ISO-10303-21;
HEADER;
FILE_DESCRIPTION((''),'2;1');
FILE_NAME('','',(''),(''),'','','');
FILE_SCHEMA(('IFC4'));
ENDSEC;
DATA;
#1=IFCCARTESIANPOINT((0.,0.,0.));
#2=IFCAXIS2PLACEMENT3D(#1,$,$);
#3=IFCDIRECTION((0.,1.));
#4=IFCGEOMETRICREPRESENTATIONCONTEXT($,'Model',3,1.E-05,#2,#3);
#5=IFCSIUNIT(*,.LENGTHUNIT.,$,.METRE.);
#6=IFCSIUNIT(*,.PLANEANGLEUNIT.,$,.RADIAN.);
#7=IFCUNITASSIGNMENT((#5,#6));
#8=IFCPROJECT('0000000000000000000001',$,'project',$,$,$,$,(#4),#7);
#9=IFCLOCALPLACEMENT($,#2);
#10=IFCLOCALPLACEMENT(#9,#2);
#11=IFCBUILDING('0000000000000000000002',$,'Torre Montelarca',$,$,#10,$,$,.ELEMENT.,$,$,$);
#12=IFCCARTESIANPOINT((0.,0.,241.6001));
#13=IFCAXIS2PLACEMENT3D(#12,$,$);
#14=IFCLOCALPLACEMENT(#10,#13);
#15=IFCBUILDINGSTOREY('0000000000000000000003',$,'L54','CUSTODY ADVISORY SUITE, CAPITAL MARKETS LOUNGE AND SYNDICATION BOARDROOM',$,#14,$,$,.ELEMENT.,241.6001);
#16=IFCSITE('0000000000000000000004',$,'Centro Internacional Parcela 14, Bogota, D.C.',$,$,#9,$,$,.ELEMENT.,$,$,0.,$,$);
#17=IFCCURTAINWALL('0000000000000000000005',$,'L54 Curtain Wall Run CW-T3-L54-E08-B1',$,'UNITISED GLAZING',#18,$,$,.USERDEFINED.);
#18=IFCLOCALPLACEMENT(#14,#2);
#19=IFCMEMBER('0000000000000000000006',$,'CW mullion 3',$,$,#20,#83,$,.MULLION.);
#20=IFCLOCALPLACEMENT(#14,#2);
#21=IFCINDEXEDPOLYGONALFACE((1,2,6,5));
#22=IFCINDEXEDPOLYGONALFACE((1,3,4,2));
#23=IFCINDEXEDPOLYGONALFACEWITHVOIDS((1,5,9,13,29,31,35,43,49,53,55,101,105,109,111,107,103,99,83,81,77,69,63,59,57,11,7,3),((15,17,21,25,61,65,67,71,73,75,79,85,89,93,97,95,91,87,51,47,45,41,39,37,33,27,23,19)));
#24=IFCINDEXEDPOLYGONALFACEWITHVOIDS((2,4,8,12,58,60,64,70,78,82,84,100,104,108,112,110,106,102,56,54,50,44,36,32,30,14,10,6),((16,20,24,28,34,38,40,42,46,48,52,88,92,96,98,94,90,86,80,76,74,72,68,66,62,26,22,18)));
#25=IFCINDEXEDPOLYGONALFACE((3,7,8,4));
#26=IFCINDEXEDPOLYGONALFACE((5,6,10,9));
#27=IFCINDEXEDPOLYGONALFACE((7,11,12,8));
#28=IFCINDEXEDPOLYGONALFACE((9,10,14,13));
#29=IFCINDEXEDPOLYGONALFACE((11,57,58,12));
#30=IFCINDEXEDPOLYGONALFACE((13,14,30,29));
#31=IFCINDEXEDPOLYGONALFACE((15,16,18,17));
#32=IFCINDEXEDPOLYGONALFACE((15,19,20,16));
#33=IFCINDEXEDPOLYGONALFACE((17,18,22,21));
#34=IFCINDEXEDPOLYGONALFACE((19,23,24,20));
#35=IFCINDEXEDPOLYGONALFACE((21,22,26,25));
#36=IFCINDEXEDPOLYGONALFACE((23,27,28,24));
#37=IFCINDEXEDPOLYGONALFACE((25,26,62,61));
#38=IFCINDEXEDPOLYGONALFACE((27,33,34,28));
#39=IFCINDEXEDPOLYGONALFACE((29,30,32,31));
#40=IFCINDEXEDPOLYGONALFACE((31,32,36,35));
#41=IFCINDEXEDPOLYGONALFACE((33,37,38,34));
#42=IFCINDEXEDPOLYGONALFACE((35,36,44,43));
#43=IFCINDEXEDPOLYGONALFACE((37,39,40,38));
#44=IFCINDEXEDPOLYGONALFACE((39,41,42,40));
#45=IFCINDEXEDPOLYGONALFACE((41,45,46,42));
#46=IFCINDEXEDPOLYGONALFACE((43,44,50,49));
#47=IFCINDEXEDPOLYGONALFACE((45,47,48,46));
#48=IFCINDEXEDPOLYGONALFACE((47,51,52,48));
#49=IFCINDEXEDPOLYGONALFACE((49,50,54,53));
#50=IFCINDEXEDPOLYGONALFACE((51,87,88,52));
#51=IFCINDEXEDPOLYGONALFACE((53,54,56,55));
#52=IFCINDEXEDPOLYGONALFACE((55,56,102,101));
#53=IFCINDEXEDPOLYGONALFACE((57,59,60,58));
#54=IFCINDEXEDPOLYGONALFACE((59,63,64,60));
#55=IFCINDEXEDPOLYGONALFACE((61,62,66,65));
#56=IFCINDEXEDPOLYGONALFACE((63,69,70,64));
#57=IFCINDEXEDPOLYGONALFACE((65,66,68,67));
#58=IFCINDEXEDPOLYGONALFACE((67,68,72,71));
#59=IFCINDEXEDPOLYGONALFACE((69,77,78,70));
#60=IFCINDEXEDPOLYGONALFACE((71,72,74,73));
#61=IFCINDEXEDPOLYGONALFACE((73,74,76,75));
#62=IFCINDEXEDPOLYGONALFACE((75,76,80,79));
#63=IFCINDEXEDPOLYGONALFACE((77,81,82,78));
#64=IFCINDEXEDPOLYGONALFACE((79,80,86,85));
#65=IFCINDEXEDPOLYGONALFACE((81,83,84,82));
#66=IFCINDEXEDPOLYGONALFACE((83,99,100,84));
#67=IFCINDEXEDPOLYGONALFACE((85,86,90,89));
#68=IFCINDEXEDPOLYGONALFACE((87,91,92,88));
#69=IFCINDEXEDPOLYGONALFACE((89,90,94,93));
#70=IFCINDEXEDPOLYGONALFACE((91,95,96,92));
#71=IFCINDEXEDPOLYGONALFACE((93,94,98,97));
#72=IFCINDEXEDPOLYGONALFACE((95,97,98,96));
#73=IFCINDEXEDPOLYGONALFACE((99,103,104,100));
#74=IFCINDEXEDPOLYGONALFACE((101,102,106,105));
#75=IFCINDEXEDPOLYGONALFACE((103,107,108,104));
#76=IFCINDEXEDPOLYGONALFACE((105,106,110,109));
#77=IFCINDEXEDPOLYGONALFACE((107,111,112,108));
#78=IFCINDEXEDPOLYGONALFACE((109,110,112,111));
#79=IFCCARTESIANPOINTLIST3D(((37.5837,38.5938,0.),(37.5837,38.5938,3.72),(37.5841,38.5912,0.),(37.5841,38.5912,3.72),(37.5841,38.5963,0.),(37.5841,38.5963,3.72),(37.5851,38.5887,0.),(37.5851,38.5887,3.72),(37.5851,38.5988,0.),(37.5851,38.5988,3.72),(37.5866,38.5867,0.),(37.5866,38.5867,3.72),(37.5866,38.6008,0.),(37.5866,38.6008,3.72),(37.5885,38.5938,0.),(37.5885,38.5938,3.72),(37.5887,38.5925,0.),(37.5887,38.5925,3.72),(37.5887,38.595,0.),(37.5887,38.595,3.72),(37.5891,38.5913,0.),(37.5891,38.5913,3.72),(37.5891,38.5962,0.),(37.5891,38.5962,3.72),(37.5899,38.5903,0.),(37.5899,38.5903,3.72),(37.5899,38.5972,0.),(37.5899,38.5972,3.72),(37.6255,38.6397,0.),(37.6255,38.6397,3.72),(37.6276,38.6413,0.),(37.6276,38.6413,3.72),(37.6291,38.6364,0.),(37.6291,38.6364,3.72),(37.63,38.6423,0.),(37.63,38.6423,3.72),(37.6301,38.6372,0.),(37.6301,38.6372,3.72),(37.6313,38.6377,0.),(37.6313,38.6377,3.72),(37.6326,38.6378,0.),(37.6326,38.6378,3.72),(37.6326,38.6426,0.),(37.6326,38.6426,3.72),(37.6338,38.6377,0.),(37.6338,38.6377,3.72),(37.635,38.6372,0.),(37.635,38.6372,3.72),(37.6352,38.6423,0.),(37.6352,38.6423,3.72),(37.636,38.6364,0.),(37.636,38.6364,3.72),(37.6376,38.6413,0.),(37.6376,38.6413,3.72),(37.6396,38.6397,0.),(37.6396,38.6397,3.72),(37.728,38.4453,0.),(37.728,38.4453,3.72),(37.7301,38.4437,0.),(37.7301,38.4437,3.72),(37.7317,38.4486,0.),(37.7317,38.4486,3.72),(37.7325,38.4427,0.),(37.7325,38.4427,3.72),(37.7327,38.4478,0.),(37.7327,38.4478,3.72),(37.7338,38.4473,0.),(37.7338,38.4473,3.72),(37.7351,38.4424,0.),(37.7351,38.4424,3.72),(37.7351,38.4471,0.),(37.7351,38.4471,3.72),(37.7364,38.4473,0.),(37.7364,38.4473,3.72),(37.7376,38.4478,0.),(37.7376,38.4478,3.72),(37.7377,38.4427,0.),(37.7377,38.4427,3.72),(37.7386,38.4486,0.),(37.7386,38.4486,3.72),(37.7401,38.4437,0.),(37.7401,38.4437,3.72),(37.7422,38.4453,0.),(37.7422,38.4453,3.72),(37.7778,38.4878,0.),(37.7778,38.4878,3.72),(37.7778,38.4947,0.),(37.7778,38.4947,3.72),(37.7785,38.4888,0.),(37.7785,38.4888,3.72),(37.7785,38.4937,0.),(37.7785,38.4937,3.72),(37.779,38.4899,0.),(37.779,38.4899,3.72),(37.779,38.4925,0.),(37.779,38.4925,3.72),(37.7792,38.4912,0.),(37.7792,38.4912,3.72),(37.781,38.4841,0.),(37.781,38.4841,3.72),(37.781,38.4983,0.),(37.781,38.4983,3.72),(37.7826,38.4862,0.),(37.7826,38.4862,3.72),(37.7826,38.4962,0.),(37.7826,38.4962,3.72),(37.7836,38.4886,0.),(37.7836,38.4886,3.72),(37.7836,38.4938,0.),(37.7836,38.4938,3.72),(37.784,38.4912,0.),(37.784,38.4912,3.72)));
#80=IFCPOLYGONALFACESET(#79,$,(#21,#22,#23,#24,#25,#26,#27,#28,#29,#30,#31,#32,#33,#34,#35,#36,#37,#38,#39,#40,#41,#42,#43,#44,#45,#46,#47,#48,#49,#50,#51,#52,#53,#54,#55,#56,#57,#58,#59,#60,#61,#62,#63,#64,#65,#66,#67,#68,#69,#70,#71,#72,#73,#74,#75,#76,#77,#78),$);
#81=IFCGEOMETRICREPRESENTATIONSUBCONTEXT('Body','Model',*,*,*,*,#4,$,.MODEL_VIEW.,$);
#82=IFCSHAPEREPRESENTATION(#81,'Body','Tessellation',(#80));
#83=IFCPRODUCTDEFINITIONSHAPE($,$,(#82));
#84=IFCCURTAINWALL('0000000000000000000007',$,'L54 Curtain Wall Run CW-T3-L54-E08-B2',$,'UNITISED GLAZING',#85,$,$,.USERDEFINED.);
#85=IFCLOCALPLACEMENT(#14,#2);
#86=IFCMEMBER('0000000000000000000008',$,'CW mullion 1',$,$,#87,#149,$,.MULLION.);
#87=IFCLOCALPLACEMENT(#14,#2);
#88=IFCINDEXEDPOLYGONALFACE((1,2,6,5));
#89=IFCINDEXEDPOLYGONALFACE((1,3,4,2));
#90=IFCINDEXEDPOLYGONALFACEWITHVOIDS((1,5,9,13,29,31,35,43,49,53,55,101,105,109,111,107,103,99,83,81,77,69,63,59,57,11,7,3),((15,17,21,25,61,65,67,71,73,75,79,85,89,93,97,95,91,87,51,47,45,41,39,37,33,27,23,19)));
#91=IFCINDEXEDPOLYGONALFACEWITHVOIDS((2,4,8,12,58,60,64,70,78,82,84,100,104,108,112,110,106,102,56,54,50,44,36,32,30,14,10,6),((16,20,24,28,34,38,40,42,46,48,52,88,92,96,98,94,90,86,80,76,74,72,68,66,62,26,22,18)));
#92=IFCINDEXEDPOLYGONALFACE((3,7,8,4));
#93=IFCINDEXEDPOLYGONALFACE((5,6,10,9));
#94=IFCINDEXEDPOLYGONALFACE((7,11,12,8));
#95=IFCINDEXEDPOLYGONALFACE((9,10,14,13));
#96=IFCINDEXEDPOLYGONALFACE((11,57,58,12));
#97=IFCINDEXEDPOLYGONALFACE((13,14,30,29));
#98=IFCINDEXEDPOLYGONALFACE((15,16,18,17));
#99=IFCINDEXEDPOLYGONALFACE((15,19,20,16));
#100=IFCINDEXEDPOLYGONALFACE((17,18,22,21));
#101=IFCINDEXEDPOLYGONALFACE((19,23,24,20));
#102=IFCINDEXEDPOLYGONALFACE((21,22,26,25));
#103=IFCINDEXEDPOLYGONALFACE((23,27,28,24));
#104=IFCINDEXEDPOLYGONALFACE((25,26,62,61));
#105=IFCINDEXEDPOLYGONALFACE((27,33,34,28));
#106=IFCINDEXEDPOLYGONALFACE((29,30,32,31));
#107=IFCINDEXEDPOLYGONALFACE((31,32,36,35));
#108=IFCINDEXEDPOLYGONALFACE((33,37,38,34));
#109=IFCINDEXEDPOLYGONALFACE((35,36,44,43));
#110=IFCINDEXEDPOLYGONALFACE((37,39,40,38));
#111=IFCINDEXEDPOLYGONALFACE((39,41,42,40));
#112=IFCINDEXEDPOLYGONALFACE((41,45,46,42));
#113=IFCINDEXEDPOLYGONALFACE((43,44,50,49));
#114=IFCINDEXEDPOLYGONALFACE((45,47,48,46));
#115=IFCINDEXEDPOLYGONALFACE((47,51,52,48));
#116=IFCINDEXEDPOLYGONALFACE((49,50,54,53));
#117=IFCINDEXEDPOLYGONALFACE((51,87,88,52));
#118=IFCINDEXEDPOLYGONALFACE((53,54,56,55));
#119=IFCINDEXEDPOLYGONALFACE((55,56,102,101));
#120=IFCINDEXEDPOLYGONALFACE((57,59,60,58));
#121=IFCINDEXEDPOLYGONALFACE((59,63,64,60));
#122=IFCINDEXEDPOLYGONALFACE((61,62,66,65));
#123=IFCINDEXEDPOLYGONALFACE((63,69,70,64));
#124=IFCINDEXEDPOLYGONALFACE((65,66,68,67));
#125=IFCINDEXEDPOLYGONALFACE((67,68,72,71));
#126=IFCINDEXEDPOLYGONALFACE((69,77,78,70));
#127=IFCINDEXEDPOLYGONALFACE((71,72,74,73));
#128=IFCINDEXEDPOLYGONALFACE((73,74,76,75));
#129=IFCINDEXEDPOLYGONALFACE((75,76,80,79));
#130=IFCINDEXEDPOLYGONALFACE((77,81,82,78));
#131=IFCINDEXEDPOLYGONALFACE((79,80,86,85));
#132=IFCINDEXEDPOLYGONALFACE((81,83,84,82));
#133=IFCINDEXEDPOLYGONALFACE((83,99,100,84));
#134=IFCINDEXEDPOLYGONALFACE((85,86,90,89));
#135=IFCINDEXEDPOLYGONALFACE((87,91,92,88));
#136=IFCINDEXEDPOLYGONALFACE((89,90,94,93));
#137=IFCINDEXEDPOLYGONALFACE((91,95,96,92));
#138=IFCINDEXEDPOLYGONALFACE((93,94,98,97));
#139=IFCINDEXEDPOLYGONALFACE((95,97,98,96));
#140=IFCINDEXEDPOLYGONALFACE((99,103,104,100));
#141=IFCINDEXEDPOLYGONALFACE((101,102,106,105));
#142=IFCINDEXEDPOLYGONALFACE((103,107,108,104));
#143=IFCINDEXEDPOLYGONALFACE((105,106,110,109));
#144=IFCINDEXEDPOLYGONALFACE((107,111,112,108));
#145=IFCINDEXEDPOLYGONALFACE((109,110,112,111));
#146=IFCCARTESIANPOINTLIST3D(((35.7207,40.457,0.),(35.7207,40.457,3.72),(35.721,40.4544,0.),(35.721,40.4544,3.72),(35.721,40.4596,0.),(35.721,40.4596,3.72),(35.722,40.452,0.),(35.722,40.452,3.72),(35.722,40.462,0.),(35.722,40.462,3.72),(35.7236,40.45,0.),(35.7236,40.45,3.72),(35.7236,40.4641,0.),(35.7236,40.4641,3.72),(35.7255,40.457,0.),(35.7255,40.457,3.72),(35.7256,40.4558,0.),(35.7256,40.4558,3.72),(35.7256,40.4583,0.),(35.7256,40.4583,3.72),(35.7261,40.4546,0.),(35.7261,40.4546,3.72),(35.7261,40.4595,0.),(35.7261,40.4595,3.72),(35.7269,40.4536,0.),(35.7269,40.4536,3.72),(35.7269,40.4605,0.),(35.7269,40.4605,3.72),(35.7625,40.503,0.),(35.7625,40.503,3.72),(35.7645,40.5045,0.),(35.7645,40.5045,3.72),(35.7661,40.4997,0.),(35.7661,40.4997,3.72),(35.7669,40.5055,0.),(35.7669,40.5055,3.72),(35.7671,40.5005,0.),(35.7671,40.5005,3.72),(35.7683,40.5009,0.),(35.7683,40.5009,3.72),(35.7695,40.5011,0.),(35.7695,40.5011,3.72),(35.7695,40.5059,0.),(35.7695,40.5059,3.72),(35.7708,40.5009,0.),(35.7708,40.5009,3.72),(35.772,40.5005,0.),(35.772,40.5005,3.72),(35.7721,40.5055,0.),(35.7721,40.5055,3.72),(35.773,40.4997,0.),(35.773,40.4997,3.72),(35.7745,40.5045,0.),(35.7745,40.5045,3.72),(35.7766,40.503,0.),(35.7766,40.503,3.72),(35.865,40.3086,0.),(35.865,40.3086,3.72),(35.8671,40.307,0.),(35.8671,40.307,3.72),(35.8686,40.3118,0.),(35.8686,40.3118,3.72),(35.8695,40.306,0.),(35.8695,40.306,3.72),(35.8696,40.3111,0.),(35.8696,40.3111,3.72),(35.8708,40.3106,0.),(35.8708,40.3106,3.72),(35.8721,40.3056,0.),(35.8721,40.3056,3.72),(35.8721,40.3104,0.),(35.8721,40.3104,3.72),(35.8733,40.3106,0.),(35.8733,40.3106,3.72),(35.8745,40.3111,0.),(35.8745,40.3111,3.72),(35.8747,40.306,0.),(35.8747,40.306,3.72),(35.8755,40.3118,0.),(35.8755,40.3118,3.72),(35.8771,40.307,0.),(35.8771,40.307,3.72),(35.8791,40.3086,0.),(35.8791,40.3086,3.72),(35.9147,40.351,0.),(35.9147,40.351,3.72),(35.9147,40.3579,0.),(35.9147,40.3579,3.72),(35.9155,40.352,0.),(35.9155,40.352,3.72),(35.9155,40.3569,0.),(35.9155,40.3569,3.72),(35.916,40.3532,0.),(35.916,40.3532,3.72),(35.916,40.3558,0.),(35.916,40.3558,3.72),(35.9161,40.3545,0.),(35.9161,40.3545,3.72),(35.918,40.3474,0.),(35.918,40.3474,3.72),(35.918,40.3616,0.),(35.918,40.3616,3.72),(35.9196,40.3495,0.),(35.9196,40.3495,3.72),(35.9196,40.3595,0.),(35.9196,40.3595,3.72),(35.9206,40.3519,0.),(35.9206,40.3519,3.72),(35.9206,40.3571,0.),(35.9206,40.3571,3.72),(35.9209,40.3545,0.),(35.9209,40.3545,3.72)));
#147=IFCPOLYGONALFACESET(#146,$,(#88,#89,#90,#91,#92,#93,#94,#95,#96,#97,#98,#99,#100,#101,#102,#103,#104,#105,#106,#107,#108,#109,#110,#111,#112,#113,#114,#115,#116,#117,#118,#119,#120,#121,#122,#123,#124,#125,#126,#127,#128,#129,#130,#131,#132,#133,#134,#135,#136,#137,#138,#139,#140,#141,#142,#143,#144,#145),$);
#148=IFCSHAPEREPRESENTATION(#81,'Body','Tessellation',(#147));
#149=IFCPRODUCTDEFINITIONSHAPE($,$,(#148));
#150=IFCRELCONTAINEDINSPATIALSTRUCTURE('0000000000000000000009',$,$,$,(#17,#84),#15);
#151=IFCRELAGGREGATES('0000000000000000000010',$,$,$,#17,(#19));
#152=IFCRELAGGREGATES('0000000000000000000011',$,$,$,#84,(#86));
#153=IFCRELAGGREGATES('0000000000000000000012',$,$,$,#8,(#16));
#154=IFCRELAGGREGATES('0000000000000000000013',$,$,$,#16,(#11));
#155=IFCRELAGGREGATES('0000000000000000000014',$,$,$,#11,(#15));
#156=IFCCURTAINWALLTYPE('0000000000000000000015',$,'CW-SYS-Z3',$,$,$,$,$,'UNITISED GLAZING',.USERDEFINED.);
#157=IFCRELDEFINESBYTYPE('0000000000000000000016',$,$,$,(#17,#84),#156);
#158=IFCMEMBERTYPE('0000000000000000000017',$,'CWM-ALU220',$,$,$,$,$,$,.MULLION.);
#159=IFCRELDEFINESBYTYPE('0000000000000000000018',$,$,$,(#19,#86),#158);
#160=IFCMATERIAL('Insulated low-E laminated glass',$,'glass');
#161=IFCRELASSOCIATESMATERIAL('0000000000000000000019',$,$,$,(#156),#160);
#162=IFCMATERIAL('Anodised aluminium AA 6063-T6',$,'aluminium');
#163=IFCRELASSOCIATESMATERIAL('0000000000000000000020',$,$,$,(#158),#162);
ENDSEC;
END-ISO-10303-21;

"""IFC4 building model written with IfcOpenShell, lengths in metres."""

from ifc_helpers import new_model, si_unit, direction, frame, origin, origin_2d, place, context, subcontext, project, spatial, hollow_rectangle, extrude, source, transform, mapped, material, material_profile, profile_set, type_object, element, aggregate, save


model = new_model("IFC4")

# Units and contexts
model_context = context("Model", 3, precision=1e-05, world=origin(), true_north=direction((0.0, 1.0)))
body_context = subcontext(model_context, "Body", "Model", "MODEL_VIEW")
ifc_project = project(units=[si_unit("LENGTHUNIT", "METRE"), si_unit("PLANEANGLEUNIT", "RADIAN")], contexts=[model_context])

# Site, building, storey
site_placement = place(None, origin())
site = spatial("IfcSite", under=ifc_project, at=site_placement, Name="Centro Internacional Parcela 14, Bogota, D.C.", CompositionType="ELEMENT", RefElevation=0.0)
building_placement = place(site_placement, origin())
building = spatial("IfcBuilding", under=site, at=building_placement, Name="Torre Montelarca", CompositionType="ELEMENT")
storey_placement = place(building_placement, frame((0.0, 0.0, 241.6001)))
storey = spatial("IfcBuildingStorey", under=building, at=storey_placement, Name="L54", Description="CUSTODY ADVISORY SUITE, CAPITAL MARKETS LOUNGE AND SYNDICATION BOARDROOM", CompositionType="ELEMENT", Elevation=241.6001)

# Shared definitions
ifc_material_1 = material(Name="Insulated low-E laminated glass", Category="glass")
curtain_wall_type = type_object("IfcCurtainWallType", Name="CW-SYS-Z3", ElementType="UNITISED GLAZING", PredefinedType="USERDEFINED", material=ifc_material_1)
ifc_material_2 = material(Name="Anodised aluminium AA 6063-T6", Category="aluminium")
ifc_material_profile_1 = material_profile(ifc_material_2, hollow_rectangle(XDim=0.075, YDim=0.22, WallThickness=0.0049, InnerFilletRadius=0.0049, OuterFilletRadius=0.01, at=origin_2d()), Name="ALU75X220X5", Category="aluminium")
ifc_profile_set_1 = profile_set([ifc_material_profile_1], Name="Anodised aluminium AA 6063-T6")
member_type_1 = type_object("IfcMemberType", Name="CWM-ALU220", PredefinedType="MULLION", material=ifc_profile_set_1)
shared_shape_1 = source(origin(), body_context, "Body", "SweptSolid", [
    extrude(hollow_rectangle(XDim=0.075, YDim=0.22, WallThickness=0.0049, InnerFilletRadius=0.0049, OuterFilletRadius=0.01, at=origin_2d()), origin(), (0.0, 0.0, 1.0), 3.72),
])

# Curtain walls, members
curtain_wall_1_placement = place(storey_placement, origin())
curtain_wall_1 = element("IfcCurtainWall", 1, at=curtain_wall_1_placement, inside=storey, type_object=curtain_wall_type, Name="L54 Curtain Wall Run CW-T3-L54-E08-B1", ObjectType="UNITISED GLAZING", PredefinedType="USERDEFINED")
member_1_placement = place(storey_placement, frame((37.6838, 38.5425, 0.0), z_axis=(0.0, 0.0, 1.0), x_axis=(-0.707099, -0.707115, 0.0)))
member_1 = element("IfcMember", 2, at=member_1_placement, type_object=member_type_1, Name="CW mullion 3", PredefinedType="MULLION", context=body_context, shape_type="MappedRepresentation", body=[
    mapped(shared_shape_1, transform((0.0, 0.0, 0.0), scale=1.0)),
])
curtain_wall_2_placement = place(storey_placement, origin())
curtain_wall_2 = element("IfcCurtainWall", 3, at=curtain_wall_2_placement, inside=storey, type_object=curtain_wall_type, Name="L54 Curtain Wall Run CW-T3-L54-E08-B2", ObjectType="UNITISED GLAZING", PredefinedType="USERDEFINED")
member_2_placement = place(storey_placement, frame((35.8208, 40.4058, 0.0), z_axis=(0.0, 0.0, 1.0), x_axis=(-0.707115, -0.707099, 0.0)))
member_2 = element("IfcMember", 4, at=member_2_placement, type_object=member_type_1, Name="CW mullion 1", PredefinedType="MULLION", context=body_context, shape_type="MappedRepresentation", body=[
    mapped(shared_shape_1, transform((0.0, 0.0, 0.0), scale=1.0)),
])

aggregate(curtain_wall_1, [member_1])
aggregate(curtain_wall_2, [member_2])

save(model, "model.ifc")
